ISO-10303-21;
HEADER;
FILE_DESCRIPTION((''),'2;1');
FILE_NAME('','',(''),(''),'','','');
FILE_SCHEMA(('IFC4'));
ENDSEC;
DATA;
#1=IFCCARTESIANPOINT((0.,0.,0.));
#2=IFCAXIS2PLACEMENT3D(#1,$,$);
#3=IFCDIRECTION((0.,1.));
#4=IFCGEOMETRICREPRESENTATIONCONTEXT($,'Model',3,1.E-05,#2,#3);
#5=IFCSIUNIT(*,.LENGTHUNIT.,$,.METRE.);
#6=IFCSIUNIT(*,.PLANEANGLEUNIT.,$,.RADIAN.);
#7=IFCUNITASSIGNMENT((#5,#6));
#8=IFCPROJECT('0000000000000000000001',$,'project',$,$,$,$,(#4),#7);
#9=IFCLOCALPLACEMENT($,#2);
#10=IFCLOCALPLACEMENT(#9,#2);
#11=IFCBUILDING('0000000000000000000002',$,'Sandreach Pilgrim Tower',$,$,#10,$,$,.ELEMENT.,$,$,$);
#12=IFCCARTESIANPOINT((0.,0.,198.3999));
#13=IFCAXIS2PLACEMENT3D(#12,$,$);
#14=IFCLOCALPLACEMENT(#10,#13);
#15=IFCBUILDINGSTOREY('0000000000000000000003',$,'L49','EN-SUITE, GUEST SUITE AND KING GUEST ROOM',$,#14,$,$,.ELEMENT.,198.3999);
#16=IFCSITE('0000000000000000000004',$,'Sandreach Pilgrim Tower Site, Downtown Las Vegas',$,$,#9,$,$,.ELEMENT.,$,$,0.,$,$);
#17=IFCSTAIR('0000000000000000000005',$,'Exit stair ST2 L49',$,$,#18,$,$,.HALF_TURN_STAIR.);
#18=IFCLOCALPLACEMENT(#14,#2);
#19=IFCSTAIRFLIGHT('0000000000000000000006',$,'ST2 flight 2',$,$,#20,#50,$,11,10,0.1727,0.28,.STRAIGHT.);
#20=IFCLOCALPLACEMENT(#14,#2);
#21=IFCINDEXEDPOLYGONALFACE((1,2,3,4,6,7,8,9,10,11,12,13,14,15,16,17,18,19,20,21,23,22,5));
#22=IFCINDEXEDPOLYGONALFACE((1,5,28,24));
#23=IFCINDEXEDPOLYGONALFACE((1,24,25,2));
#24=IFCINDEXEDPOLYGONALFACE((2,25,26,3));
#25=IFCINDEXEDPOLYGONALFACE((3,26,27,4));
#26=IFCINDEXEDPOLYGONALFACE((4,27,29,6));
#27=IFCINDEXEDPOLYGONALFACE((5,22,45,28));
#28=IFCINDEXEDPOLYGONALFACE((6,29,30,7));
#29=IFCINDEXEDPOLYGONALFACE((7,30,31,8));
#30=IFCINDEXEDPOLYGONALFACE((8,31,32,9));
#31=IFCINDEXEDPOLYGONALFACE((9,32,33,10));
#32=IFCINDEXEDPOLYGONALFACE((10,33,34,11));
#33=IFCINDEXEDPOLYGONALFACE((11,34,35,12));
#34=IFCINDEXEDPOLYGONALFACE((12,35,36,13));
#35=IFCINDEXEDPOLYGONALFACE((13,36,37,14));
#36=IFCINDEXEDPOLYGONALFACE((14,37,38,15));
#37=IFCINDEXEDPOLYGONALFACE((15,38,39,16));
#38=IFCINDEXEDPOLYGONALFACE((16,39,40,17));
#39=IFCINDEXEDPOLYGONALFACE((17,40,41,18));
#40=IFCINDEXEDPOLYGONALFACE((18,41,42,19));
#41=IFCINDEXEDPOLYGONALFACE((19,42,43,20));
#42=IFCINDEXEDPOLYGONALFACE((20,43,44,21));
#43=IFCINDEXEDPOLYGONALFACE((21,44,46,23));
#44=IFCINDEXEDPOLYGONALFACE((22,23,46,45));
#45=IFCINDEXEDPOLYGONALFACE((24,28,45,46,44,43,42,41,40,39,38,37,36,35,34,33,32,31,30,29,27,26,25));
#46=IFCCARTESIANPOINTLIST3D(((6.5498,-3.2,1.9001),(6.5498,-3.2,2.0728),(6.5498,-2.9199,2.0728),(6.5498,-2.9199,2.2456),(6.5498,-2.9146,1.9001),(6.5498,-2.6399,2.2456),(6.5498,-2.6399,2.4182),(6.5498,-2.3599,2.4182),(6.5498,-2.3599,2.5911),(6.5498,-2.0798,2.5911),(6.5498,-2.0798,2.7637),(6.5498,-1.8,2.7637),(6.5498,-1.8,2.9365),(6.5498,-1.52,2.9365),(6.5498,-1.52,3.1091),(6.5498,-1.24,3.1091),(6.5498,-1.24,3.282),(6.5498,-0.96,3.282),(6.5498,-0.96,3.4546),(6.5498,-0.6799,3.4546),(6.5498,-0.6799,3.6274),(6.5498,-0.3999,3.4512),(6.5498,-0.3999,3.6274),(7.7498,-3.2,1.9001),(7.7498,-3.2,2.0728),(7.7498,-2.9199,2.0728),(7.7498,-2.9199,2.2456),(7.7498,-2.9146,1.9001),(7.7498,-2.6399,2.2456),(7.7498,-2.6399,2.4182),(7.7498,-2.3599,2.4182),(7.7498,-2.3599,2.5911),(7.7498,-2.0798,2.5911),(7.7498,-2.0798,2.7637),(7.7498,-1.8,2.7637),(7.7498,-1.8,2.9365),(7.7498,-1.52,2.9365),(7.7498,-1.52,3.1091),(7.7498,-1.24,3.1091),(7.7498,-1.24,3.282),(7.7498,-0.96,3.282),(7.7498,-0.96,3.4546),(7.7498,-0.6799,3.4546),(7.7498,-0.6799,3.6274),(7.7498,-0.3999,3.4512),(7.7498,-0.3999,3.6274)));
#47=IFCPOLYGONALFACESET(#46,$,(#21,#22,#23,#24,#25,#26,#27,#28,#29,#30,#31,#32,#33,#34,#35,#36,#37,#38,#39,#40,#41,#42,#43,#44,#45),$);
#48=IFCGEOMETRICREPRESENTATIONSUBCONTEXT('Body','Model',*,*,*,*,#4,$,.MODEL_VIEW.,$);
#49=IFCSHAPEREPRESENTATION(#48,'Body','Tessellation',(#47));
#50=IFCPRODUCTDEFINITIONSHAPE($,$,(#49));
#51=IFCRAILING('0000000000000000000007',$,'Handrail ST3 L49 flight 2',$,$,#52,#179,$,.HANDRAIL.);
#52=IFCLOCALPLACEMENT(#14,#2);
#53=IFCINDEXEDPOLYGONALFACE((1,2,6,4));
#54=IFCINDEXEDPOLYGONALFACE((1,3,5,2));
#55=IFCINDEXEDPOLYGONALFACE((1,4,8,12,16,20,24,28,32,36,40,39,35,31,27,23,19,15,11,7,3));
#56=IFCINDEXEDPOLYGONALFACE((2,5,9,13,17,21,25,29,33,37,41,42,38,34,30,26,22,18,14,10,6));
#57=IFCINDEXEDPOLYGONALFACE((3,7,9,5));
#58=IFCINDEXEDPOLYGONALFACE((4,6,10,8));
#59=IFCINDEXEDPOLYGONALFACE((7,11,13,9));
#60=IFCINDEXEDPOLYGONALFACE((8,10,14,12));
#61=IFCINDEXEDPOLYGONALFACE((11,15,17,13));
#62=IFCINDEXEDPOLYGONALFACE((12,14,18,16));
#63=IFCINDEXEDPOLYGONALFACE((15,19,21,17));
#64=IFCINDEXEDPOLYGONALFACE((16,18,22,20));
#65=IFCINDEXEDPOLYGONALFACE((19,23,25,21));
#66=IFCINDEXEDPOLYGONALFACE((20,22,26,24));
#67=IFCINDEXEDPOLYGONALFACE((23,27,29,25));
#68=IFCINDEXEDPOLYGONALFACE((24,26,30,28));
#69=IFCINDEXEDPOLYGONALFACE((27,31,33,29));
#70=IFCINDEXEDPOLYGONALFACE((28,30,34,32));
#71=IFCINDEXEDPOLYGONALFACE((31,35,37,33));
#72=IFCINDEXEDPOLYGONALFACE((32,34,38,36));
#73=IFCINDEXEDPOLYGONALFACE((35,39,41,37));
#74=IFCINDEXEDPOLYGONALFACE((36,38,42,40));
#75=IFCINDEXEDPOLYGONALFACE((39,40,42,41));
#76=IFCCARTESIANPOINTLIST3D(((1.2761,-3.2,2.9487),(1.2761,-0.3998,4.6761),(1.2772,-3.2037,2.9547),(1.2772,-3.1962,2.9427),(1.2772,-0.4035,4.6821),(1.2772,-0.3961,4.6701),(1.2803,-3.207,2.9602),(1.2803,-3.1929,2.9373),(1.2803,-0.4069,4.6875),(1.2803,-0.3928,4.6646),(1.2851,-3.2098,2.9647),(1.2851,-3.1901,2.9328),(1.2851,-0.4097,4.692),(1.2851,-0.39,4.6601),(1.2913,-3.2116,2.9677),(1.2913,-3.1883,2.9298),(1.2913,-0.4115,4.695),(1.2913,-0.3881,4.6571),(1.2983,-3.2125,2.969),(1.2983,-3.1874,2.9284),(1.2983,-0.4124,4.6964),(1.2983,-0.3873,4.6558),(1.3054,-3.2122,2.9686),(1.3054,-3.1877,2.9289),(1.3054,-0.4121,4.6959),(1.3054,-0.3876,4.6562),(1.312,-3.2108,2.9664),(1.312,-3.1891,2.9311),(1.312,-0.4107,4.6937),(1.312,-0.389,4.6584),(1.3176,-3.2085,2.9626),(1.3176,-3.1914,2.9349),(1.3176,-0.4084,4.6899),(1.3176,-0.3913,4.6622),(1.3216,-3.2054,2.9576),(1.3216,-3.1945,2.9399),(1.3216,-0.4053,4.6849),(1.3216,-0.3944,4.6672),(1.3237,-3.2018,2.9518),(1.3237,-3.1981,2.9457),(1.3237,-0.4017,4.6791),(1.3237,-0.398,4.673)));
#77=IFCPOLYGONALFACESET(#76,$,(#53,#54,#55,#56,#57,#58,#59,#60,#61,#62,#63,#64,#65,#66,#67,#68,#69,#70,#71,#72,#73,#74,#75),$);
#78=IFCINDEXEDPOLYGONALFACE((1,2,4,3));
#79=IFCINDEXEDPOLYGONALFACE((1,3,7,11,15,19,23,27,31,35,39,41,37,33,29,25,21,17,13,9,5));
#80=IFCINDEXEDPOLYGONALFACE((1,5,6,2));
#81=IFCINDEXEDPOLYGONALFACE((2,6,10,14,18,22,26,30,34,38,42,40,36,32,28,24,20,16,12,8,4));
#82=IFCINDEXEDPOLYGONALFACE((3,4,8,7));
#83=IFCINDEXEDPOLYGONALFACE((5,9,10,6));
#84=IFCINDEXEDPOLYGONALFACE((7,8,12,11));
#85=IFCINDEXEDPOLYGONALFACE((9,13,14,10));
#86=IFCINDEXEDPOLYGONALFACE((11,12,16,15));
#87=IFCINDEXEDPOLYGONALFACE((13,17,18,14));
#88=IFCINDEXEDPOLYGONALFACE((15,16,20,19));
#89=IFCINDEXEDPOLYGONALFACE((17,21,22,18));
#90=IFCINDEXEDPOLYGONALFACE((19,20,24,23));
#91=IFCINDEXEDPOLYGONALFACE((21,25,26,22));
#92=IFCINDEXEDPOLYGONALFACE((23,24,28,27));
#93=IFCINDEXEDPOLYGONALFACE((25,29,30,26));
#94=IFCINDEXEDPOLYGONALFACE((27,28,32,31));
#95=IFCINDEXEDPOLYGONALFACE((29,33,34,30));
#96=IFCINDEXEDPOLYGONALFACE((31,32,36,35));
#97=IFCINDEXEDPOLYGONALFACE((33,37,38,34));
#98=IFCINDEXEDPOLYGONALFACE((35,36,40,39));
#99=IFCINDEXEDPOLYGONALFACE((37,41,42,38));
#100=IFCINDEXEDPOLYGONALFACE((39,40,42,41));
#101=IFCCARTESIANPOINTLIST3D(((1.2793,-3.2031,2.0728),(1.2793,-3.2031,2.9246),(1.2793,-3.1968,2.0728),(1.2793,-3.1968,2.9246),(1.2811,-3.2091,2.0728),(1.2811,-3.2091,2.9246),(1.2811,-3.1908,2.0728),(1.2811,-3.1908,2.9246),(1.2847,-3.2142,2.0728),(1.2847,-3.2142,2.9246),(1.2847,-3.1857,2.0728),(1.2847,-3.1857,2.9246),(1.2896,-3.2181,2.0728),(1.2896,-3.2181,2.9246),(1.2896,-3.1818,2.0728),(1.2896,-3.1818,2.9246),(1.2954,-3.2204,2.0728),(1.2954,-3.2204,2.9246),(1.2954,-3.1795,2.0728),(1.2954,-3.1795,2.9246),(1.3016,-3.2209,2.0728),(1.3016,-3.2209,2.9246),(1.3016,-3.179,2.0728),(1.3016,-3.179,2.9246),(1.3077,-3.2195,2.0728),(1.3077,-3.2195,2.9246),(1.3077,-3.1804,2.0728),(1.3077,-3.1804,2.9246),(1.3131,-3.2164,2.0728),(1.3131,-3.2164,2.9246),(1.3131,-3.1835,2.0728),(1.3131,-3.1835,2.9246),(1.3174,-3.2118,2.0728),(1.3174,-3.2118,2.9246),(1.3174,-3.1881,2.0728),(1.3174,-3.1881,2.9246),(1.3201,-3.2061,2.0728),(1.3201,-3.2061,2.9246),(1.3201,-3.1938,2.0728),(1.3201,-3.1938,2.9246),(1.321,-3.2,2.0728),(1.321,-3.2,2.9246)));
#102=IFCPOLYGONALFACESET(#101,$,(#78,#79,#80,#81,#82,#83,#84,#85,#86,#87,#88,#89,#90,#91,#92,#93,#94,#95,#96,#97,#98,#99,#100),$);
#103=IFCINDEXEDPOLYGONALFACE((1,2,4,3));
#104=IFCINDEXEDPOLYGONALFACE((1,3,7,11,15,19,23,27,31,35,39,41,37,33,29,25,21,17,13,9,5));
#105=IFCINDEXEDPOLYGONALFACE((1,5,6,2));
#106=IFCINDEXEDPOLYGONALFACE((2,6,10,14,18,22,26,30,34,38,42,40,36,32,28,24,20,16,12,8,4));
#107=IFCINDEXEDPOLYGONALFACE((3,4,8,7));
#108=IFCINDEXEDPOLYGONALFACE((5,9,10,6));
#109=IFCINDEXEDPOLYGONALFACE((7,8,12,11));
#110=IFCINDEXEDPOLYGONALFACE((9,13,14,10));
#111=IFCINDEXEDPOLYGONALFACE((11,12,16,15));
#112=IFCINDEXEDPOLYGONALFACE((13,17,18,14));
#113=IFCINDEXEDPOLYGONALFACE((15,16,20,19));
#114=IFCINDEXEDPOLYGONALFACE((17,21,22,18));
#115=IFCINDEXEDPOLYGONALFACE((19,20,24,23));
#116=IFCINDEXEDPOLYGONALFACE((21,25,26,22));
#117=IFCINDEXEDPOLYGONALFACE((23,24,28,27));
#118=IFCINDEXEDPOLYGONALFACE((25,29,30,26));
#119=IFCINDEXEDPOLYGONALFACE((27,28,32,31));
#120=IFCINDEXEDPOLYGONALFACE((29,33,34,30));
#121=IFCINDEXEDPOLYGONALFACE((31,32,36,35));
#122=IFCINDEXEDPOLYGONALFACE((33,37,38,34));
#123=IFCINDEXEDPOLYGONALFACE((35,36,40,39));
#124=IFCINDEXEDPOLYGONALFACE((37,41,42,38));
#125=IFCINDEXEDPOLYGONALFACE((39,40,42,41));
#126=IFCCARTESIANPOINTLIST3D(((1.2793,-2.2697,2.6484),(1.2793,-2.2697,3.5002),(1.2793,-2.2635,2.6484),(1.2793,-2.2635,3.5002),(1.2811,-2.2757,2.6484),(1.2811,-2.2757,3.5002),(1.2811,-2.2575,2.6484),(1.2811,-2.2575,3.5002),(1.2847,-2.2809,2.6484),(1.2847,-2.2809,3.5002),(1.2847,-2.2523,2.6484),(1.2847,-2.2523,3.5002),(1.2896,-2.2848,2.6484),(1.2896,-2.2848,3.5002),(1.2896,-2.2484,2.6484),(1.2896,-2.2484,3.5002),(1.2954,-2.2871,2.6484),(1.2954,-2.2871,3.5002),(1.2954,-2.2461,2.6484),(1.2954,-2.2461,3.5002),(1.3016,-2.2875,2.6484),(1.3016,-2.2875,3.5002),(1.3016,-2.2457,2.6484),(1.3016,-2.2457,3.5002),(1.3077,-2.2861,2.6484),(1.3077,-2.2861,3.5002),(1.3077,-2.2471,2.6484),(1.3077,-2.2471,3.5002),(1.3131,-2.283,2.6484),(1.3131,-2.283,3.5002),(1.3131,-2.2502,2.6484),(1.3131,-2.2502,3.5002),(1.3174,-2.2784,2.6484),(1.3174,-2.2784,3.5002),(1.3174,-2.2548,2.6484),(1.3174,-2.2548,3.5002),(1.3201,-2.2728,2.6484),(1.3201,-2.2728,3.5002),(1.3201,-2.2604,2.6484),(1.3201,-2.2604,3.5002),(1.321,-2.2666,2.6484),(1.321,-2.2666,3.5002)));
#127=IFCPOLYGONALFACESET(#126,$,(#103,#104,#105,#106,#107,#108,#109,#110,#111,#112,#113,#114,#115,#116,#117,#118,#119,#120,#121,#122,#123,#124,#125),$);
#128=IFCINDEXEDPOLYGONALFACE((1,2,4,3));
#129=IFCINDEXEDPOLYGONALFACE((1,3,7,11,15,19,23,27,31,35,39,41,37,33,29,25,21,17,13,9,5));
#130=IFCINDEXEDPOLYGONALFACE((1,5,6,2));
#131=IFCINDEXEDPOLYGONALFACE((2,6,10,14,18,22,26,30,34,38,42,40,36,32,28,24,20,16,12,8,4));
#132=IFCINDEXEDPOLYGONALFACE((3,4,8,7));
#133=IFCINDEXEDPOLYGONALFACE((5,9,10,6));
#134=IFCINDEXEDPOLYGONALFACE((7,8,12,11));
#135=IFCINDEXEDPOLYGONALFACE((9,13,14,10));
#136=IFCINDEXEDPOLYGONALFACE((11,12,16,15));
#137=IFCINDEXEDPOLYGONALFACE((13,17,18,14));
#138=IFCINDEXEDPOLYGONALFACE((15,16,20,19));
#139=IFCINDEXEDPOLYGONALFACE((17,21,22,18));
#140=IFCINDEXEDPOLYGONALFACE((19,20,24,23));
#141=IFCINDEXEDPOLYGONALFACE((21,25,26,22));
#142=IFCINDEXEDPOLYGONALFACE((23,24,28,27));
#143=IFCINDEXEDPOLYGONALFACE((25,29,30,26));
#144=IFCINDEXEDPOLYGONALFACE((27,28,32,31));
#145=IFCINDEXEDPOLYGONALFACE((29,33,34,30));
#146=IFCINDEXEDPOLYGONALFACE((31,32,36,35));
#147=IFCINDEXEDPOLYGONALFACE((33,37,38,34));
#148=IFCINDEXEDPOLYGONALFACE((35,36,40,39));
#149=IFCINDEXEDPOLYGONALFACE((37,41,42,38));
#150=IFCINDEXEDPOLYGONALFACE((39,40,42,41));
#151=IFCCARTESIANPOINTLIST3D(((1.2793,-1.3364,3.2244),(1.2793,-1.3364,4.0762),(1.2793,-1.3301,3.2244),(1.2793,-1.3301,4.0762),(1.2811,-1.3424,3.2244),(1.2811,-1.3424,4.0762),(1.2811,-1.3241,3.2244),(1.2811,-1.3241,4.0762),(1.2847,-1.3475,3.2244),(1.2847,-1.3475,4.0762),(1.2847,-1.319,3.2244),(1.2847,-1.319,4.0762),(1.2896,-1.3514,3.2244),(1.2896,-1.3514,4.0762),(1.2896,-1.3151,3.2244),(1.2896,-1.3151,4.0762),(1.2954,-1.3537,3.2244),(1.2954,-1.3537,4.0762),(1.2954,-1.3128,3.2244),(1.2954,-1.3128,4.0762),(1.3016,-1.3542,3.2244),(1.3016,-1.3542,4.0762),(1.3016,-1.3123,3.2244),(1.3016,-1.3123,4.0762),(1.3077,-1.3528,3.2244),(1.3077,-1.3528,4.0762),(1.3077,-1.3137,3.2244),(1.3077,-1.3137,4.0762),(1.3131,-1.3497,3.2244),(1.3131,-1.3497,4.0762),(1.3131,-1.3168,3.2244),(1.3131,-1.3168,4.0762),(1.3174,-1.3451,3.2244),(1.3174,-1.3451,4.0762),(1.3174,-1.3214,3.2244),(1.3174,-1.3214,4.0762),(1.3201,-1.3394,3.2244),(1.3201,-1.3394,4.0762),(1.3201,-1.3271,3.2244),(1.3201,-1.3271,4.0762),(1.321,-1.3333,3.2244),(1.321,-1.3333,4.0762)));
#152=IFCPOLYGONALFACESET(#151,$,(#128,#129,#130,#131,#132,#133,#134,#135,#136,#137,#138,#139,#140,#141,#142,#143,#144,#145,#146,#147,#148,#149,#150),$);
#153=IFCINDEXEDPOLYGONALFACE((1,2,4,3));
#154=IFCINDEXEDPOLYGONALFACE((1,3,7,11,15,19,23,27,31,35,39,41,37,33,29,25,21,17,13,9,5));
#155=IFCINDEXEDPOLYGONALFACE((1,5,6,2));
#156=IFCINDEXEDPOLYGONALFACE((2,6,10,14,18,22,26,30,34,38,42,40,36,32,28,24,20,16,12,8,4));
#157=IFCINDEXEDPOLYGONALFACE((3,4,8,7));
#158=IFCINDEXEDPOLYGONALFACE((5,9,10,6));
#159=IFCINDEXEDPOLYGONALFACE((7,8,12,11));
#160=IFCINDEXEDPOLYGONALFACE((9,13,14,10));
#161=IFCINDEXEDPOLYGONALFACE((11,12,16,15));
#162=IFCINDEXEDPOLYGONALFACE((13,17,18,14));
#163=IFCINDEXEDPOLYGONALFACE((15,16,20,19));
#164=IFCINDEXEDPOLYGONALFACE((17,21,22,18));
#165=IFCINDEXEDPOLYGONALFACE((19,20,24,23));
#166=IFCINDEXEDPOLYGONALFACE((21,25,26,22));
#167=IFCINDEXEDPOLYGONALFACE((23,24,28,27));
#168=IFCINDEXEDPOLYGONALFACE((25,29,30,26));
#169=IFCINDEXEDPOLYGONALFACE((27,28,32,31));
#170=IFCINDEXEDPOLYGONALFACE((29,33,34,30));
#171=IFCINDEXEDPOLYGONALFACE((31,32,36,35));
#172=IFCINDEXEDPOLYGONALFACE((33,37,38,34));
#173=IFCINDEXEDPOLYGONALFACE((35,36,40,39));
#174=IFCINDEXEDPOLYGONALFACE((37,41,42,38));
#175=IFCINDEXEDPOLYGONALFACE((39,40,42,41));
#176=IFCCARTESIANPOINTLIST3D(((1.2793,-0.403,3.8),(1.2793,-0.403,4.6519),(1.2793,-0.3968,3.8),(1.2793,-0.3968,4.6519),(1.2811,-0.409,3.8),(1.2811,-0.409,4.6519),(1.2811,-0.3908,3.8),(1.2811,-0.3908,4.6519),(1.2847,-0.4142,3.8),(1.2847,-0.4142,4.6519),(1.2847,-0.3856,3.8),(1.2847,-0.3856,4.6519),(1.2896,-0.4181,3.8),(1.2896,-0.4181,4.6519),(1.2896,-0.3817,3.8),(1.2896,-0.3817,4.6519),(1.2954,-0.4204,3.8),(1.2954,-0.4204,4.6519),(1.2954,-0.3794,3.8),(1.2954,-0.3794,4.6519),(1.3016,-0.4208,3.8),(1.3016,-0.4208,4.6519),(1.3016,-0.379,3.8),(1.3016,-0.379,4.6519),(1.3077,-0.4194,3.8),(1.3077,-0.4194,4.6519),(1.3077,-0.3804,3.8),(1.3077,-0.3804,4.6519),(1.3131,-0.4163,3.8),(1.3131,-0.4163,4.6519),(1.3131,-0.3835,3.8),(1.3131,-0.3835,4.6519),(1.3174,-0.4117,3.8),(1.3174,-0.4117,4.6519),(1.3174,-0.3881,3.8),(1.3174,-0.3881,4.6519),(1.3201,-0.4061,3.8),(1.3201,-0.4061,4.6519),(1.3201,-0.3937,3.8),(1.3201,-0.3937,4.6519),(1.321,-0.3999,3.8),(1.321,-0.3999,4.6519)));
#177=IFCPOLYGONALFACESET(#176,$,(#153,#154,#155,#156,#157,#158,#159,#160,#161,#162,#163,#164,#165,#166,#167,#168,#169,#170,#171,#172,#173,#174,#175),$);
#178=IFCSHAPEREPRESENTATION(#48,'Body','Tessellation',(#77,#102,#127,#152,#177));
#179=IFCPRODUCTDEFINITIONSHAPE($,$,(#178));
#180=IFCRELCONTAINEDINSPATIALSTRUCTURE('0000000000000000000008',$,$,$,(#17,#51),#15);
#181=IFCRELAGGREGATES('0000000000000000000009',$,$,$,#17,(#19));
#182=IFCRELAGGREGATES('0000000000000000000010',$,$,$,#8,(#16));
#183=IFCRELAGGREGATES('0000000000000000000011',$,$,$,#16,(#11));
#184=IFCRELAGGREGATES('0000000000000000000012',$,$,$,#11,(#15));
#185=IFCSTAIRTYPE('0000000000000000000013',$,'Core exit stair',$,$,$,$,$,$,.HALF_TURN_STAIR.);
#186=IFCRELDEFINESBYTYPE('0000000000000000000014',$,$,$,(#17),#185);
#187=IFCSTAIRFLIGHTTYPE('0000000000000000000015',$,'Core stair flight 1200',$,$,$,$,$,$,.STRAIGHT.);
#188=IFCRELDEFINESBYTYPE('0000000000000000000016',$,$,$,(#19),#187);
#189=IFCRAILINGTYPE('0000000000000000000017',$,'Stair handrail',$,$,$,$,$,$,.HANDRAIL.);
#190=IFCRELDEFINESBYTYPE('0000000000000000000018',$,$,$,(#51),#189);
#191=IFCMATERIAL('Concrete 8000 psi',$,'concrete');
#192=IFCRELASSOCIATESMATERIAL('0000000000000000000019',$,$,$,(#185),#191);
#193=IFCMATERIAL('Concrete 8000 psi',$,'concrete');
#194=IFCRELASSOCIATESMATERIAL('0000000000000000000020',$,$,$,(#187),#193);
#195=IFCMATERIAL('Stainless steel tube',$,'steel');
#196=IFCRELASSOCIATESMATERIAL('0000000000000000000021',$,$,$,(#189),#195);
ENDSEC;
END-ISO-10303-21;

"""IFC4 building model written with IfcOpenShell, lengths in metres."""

from ifc_helpers import new_model, si_unit, direction, frame, origin, origin_2d, place, context, subcontext, project, spatial, polyline, circle, outline, extrude, material, type_object, element, aggregate, save


model = new_model("IFC4")

# Units and contexts
model_context = context("Model", 3, precision=1e-05, world=origin(), true_north=direction((0.0, 1.0)))
body_context = subcontext(model_context, "Body", "Model", "MODEL_VIEW")
ifc_project = project(units=[si_unit("LENGTHUNIT", "METRE"), si_unit("PLANEANGLEUNIT", "RADIAN")], contexts=[model_context])

# Site, building, storey
site_placement = place(None, origin())
site = spatial("IfcSite", under=ifc_project, at=site_placement, Name="Sandreach Pilgrim Tower Site, Downtown Las Vegas", CompositionType="ELEMENT", RefElevation=0.0)
building_placement = place(site_placement, origin())
building = spatial("IfcBuilding", under=site, at=building_placement, Name="Sandreach Pilgrim Tower", CompositionType="ELEMENT")
storey_placement = place(building_placement, frame((0.0, 0.0, 198.3999)))
storey = spatial("IfcBuildingStorey", under=building, at=storey_placement, Name="L49", Description="EN-SUITE, GUEST SUITE AND KING GUEST ROOM", CompositionType="ELEMENT", Elevation=198.3999)

# Shared definitions
ifc_material_1 = material(Name="Concrete 8000 psi", Category="concrete")
stair_type = type_object("IfcStairType", Name="Core exit stair", PredefinedType="HALF_TURN_STAIR", material=ifc_material_1)

# Shared definitions
ifc_material_2 = material(Name="Concrete 8000 psi", Category="concrete")
stair_flight_type = type_object("IfcStairFlightType", Name="Core stair flight 1200", PredefinedType="STRAIGHT", material=ifc_material_2)

# Stair, stair flight
stair_1_placement = place(storey_placement, origin())
stair_1 = element("IfcStair", 1, at=stair_1_placement, inside=storey, type_object=stair_type, Name="Exit stair ST2 L49", PredefinedType="HALF_TURN_STAIR")
stair_flight_1_placement = place(storey_placement, frame((7.1499, -3.2, 1.9001), z_axis=(0.0, 0.0, 1.0), x_axis=(0.0, 1.0, 0.0)))
stair_flight_1 = element("IfcStairFlight", 2, at=stair_flight_1_placement, type_object=stair_flight_type, Name="ST2 flight 2", NumberOfRisers=11, NumberOfTreads=10, PredefinedType="STRAIGHT", RiserHeight=0.1727, TreadLength=0.28, context=body_context, shape_type="SweptSolid", body=[
    extrude(outline(polyline([(0.0, 0.0), (0.0, 0.1726), (0.28, 0.1726), (0.28, 0.3455), (0.5601, 0.3455), (0.5601, 0.5181), (0.8401, 0.5181), (0.8401, 0.6909), (1.1201, 0.6909), (1.1201, 0.8635), (1.3999, 0.8635), (1.3999, 1.0364), (1.6799, 1.0364), (1.6799, 1.209), (1.96, 1.209), (1.96, 1.3818), (2.24, 1.3818), (2.24, 1.5544), (2.52, 1.5544), (2.52, 1.7273), (2.8, 1.7273), (2.8, 1.8999), (2.8, 1.551), (0.2854, 0.0), (0.0, 0.0)])), frame((0.0, 0.6001, 0.0), z_axis=(0.0, -1.0, 0.0), x_axis=(1.0, 0.0, 0.0)), (0.0, 0.0, 1.0), 1.2),
])
aggregate(stair_1, [stair_flight_1])

# Railing
ifc_material_3 = material(Name="Stainless steel tube", Category="steel")
railing_type = type_object("IfcRailingType", Name="Stair handrail", PredefinedType="HANDRAIL", material=ifc_material_3)
railing_placement = place(storey_placement, frame((1.3, -3.2, 2.0728)))
element("IfcRailing", 3, at=railing_placement, inside=storey, type_object=railing_type, Name="Handrail ST3 L49 flight 2", PredefinedType="HANDRAIL", context=body_context, shape_type="SweptSolid", body=[
    extrude(circle(Radius=0.0239, at=origin_2d()), frame((0.0, 0.0, 0.876), z_axis=(0.0, 0.85109, 0.52502), x_axis=(-1.0, 0.0, 0.0)), (0.0, 0.0, 1.0), 3.29),
    extrude(circle(Radius=0.021, at=origin_2d()), origin(), (0.0, 0.0, 1.0), 0.8518),
    extrude(circle(Radius=0.021, at=origin_2d()), frame((0.0, 0.9333, 0.5757)), (0.0, 0.0, 1.0), 0.8518),
    extrude(circle(Radius=0.021, at=origin_2d()), frame((0.0, 1.8667, 1.1516)), (0.0, 0.0, 1.0), 0.8518),
    extrude(circle(Radius=0.021, at=origin_2d()), frame((0.0, 2.8, 1.7273)), (0.0, 0.0, 1.0), 0.8518),
])

save(model, "model.ifc")
